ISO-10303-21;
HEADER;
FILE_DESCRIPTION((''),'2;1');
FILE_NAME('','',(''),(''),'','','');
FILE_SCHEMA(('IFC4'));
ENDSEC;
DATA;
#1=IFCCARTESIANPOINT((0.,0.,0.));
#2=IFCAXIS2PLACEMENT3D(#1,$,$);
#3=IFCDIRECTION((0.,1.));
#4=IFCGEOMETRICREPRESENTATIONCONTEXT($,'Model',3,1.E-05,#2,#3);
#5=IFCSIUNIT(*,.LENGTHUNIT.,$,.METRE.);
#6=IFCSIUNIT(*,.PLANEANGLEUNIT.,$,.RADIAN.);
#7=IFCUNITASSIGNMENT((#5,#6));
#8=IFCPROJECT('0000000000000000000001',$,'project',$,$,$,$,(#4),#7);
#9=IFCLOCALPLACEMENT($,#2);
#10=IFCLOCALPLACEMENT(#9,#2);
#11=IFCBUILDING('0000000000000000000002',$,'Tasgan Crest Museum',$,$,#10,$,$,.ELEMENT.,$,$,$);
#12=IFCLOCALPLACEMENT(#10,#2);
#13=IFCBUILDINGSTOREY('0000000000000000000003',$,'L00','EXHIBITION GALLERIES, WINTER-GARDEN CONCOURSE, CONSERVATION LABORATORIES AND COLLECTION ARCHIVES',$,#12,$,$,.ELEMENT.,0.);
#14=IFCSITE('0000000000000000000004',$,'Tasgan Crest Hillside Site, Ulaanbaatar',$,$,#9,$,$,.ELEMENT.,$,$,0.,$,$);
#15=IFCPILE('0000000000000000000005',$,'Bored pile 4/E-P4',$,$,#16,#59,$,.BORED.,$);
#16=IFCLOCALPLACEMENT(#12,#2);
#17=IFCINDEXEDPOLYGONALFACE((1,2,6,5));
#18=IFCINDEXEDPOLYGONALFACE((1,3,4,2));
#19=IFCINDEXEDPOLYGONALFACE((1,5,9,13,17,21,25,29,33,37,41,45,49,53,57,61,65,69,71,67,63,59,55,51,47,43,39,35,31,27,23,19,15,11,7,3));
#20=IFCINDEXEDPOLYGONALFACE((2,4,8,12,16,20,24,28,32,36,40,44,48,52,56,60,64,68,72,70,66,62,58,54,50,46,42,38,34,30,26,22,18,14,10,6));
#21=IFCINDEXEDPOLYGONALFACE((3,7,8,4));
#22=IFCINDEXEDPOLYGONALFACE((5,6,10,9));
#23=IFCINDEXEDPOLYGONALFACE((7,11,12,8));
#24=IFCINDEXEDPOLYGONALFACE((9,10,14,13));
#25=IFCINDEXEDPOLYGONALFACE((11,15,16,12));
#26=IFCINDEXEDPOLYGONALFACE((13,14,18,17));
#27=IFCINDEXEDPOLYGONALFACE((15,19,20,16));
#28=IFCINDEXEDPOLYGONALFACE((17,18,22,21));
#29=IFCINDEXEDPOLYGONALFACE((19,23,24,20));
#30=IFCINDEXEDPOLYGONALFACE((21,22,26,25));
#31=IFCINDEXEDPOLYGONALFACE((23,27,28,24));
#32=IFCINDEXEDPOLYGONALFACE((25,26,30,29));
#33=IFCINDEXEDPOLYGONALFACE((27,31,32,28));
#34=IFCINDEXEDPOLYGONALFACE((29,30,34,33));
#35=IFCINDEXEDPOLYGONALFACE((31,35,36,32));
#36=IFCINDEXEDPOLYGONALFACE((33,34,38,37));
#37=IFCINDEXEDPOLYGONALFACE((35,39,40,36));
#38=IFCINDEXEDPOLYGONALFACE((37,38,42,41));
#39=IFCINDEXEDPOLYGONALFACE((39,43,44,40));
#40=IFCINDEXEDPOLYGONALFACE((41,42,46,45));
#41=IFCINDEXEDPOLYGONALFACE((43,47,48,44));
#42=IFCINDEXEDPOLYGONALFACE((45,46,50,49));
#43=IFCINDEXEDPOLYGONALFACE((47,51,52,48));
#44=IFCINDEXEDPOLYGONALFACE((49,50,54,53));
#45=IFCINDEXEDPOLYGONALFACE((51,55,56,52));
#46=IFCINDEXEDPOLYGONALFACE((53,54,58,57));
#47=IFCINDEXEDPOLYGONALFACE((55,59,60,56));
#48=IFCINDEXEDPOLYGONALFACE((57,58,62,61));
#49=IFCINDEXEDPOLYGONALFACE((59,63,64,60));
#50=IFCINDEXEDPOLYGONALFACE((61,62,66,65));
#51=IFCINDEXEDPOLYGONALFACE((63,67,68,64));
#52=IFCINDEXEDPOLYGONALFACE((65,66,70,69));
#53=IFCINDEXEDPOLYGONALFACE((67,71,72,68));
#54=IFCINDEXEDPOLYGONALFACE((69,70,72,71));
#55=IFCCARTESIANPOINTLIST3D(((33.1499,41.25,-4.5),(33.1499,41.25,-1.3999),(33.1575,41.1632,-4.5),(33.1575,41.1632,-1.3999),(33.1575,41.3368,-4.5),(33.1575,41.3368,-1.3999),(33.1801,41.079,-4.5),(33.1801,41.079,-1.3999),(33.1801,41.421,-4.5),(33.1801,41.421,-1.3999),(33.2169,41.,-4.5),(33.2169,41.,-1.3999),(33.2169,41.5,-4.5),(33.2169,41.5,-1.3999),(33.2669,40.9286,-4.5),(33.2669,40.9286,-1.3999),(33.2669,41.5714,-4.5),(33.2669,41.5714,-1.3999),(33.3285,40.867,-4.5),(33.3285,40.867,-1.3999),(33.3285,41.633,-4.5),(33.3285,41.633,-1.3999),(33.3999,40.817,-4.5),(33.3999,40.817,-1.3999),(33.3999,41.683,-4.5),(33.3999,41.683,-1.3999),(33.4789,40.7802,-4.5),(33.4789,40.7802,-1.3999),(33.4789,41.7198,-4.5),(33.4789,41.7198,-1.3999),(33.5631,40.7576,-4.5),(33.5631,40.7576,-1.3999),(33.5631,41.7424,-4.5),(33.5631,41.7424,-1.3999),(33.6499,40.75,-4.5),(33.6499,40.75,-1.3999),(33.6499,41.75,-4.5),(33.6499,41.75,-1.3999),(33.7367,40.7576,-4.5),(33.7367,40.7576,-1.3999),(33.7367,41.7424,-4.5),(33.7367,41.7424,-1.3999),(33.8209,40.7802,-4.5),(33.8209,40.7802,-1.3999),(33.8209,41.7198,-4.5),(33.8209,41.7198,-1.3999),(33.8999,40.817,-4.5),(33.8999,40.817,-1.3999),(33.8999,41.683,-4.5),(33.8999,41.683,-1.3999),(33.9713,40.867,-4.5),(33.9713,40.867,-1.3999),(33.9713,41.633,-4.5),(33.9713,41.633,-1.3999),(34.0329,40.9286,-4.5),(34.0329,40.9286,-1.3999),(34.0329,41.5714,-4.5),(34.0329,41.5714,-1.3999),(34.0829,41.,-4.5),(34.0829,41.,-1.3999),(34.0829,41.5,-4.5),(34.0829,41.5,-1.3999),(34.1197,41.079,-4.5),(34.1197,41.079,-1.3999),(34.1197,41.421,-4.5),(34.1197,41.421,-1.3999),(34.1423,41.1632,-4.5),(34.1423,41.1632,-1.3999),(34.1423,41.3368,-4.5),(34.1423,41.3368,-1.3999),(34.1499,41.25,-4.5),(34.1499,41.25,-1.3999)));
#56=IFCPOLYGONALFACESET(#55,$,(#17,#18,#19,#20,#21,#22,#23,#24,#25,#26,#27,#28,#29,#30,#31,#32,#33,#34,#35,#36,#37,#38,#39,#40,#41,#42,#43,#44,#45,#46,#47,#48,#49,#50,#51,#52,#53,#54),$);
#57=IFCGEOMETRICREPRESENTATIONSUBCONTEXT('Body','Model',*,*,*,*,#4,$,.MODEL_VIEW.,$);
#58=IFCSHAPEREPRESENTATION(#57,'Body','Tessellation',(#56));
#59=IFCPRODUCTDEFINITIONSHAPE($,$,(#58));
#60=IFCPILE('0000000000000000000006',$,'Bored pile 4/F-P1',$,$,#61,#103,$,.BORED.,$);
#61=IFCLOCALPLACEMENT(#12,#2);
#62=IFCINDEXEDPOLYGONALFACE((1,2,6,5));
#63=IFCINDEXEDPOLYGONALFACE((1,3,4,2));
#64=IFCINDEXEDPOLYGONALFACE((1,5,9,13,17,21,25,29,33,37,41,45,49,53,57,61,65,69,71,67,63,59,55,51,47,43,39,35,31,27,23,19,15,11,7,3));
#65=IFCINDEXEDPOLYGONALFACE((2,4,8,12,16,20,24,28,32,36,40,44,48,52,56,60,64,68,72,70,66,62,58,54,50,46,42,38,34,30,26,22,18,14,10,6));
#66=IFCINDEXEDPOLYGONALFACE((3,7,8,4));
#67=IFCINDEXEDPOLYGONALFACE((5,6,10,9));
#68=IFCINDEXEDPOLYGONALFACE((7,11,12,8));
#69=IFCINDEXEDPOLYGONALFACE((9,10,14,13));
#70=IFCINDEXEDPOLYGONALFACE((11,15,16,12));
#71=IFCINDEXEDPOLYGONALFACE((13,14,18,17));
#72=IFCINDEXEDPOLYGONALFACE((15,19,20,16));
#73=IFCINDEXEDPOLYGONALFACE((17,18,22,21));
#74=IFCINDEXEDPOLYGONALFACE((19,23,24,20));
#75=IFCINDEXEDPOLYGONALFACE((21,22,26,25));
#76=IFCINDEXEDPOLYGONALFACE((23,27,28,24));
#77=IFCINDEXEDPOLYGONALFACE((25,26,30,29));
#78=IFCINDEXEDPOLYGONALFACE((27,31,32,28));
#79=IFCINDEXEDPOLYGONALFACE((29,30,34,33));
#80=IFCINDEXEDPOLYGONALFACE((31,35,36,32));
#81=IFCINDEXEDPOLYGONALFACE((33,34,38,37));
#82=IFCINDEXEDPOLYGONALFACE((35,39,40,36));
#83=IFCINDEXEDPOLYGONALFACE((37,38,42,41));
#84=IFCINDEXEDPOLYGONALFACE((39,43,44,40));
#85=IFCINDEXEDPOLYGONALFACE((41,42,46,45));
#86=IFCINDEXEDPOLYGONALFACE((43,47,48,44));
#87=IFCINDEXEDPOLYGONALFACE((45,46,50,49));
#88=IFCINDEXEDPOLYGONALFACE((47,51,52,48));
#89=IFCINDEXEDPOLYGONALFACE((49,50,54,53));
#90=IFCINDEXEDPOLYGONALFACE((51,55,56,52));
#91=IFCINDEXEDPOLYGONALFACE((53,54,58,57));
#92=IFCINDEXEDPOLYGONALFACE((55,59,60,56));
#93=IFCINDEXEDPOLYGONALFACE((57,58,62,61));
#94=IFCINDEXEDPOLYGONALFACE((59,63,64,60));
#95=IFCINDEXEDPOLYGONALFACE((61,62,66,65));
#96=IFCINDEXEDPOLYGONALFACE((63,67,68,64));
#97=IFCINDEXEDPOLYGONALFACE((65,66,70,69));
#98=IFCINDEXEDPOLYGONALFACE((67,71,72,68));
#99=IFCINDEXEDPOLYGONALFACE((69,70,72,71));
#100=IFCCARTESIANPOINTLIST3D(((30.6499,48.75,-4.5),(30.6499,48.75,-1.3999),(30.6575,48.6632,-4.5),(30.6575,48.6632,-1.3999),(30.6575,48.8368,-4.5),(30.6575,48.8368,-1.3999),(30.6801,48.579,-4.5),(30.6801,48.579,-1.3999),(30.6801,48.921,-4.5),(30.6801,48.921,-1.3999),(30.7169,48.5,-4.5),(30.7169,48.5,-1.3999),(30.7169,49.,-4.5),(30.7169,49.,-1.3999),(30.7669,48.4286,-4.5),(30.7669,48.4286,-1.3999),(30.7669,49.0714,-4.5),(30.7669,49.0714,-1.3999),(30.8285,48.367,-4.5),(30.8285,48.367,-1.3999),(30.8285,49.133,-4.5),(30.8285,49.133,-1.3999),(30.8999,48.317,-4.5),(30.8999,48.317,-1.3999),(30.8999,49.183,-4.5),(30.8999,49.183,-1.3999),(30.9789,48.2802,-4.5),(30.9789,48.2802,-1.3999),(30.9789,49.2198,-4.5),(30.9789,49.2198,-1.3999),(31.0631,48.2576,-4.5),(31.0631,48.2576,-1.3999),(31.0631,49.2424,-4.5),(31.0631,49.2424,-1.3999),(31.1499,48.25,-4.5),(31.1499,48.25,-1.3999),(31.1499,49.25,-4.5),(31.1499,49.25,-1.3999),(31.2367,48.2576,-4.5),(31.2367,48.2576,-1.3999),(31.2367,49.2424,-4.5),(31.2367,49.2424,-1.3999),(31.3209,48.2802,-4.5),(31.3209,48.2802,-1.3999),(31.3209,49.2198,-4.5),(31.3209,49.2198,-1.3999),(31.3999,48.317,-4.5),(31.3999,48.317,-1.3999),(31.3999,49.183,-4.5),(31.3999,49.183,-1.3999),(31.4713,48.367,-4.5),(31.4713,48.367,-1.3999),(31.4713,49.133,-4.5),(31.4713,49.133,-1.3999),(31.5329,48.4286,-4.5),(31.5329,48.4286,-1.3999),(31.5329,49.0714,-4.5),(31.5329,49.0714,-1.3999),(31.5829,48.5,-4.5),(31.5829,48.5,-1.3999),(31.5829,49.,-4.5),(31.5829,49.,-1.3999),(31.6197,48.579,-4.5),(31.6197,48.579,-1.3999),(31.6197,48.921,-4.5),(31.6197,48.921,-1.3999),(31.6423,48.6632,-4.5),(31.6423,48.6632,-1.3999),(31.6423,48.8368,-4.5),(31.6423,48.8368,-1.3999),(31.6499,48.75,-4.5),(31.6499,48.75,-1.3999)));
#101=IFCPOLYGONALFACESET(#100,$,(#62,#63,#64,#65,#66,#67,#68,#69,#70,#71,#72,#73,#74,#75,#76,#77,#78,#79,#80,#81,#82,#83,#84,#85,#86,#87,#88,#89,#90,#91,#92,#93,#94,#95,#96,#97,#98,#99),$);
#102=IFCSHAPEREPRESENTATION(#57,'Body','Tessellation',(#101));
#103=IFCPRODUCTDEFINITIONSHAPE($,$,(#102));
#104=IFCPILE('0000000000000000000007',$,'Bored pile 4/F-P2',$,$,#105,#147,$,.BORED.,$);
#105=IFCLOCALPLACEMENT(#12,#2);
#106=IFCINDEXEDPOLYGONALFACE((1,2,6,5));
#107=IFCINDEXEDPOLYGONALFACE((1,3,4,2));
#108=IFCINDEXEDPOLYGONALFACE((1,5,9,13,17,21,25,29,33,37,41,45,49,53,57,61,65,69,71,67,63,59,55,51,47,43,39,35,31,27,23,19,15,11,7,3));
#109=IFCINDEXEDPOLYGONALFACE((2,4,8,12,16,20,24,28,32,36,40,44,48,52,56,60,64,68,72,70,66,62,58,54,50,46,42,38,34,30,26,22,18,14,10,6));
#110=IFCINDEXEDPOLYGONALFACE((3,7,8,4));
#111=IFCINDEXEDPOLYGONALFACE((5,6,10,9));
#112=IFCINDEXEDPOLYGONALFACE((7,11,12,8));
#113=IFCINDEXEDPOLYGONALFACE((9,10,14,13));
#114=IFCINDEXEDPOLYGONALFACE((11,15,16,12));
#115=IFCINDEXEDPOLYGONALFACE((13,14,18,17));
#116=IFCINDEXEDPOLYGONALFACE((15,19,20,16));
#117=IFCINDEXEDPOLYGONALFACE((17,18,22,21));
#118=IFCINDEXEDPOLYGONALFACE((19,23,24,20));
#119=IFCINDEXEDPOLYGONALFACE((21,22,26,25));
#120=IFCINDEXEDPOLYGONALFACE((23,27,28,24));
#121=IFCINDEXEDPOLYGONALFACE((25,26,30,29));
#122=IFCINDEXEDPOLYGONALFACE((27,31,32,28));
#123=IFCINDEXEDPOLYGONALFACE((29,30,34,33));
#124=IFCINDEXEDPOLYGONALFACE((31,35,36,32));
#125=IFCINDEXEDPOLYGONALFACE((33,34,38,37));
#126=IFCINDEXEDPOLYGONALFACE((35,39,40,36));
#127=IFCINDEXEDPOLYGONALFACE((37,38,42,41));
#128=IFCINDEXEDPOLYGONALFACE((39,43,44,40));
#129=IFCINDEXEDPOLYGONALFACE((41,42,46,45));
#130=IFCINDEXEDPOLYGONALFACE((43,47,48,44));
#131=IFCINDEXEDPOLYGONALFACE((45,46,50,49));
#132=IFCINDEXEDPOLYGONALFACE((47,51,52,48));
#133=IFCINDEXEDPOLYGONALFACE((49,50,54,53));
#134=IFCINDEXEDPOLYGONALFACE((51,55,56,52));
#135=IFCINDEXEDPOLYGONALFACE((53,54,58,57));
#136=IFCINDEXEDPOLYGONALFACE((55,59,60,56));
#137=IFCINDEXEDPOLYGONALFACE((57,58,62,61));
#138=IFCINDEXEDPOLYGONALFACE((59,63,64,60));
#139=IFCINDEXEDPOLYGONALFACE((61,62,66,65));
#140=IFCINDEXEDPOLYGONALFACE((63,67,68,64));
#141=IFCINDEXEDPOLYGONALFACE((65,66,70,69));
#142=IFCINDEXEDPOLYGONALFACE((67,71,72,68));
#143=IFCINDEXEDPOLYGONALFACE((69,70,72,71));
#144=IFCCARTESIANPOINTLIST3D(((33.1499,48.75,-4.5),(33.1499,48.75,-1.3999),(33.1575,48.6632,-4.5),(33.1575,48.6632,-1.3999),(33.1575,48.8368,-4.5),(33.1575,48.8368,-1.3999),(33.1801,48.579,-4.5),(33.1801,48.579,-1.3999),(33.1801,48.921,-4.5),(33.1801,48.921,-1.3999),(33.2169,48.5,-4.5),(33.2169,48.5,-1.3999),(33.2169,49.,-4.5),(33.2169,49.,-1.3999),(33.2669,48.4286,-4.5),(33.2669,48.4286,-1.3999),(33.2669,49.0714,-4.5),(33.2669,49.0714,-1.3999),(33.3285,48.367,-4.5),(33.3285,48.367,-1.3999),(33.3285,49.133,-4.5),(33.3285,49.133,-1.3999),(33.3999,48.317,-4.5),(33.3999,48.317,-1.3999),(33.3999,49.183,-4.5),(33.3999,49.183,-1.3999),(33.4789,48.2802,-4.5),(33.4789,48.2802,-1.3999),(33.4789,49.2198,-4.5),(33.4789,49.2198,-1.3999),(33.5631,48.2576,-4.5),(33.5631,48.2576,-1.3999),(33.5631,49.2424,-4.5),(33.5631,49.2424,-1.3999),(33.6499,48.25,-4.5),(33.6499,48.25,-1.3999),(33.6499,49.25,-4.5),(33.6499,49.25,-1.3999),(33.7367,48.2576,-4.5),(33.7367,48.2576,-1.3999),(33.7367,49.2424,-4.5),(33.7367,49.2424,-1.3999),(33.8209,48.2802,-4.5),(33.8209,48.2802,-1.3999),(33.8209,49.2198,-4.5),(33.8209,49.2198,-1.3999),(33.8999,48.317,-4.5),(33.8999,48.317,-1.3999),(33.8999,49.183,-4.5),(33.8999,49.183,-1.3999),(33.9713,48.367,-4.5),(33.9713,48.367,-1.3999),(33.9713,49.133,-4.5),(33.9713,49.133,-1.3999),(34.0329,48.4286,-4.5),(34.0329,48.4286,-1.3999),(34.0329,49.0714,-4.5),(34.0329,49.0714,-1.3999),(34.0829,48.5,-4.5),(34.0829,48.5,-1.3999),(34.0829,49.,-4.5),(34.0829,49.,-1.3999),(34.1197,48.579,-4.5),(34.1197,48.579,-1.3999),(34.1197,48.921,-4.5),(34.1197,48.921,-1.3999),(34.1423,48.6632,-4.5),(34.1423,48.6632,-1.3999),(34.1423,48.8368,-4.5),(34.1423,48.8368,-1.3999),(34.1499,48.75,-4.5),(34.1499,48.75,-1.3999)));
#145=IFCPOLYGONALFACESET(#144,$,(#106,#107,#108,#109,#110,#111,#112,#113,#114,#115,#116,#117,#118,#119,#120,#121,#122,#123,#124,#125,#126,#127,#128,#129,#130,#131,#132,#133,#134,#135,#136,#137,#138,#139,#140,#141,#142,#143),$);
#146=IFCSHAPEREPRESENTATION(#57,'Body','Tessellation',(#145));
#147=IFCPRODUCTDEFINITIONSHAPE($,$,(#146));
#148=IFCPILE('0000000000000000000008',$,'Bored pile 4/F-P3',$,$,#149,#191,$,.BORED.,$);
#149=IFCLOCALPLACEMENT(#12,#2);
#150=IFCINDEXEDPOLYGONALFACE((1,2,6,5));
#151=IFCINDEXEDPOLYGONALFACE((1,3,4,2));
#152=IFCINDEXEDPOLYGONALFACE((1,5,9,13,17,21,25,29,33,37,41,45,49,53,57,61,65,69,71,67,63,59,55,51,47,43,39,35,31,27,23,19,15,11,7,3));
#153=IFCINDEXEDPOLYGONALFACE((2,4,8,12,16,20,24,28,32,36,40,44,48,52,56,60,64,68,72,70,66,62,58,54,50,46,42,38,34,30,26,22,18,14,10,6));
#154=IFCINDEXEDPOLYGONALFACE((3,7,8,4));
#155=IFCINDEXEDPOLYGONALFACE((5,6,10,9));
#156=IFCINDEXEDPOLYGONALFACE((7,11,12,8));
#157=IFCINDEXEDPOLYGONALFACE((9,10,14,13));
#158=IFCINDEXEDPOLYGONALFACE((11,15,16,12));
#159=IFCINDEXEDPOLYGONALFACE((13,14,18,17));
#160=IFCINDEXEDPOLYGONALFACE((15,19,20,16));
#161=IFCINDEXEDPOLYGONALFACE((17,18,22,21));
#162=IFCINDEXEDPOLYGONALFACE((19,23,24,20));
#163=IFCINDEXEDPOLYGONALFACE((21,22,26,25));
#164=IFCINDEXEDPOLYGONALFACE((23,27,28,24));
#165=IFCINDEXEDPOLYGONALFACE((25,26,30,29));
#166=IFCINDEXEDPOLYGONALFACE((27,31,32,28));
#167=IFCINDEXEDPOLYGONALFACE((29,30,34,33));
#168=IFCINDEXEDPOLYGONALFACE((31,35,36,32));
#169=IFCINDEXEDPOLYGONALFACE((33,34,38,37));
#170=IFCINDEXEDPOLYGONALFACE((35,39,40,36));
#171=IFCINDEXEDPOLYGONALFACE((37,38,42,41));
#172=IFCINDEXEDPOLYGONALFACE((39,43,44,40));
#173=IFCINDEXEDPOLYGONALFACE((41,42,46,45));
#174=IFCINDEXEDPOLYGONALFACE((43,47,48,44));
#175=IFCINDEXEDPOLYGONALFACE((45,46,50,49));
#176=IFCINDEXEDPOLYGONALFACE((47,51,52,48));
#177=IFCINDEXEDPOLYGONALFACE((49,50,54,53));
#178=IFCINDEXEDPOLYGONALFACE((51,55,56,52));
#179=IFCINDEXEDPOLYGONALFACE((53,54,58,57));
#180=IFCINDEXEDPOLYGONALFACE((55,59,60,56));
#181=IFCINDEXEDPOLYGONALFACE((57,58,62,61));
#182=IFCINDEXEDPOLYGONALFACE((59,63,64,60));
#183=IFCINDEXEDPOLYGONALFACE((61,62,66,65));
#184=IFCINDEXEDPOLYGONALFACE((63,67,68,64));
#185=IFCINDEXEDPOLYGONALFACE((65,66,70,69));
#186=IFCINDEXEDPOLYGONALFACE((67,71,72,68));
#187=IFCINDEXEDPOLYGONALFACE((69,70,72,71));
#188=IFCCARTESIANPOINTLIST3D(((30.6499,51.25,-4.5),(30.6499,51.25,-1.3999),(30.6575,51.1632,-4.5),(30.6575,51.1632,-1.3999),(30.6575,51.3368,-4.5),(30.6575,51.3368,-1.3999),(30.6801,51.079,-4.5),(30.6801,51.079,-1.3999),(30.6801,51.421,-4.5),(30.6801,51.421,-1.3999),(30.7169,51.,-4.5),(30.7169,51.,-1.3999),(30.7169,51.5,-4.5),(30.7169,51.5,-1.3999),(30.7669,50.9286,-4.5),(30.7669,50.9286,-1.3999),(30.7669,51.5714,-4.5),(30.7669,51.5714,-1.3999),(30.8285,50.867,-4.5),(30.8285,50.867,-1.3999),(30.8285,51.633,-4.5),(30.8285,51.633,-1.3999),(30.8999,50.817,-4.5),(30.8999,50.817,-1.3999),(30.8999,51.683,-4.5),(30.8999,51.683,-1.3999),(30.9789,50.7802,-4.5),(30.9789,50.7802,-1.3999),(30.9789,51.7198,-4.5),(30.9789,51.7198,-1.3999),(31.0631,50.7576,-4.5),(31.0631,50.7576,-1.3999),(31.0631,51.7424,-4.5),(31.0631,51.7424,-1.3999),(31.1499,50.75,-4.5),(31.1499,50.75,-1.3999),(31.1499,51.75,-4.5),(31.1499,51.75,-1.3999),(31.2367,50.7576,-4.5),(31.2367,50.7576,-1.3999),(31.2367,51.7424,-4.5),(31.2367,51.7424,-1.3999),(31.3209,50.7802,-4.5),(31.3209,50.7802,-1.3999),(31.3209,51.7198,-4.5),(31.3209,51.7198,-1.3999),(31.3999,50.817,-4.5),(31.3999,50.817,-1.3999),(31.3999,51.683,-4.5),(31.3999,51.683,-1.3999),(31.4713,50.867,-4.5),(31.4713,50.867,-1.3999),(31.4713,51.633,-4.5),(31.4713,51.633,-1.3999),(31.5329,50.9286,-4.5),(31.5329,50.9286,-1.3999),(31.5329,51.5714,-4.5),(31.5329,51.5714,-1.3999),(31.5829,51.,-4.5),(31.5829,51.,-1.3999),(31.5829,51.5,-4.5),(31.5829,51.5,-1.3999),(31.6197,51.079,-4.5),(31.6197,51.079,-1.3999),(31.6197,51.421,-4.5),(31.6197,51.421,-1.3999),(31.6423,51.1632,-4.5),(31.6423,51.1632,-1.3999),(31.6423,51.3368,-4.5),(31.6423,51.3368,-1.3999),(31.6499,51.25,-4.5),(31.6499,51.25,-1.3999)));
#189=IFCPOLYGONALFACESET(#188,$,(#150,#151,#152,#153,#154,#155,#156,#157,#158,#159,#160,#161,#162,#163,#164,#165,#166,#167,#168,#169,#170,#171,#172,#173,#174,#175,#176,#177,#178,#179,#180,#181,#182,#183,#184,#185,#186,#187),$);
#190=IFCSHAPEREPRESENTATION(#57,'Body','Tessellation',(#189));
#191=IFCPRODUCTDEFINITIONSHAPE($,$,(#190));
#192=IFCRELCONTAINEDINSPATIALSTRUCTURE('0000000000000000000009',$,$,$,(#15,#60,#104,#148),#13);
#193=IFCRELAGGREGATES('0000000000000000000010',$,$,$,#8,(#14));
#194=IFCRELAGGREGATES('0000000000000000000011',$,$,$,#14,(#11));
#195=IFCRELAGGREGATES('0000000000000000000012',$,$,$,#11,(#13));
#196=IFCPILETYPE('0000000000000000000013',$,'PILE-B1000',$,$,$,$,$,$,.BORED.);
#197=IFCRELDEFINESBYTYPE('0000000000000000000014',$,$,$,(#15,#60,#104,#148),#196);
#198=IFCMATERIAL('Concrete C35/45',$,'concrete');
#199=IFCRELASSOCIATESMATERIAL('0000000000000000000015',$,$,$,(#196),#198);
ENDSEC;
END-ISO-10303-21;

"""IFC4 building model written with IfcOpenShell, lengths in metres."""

from ifc_helpers import new_model, si_unit, direction, frame, origin, origin_2d, place, context, subcontext, project, spatial, circle, extrude, material, material_profile, profile_set, type_object, element, save


model = new_model("IFC4")

# Units and contexts
model_context = context("Model", 3, precision=1e-05, world=origin(), true_north=direction((0.0, 1.0)))
body_context = subcontext(model_context, "Body", "Model", "MODEL_VIEW")
ifc_project = project(units=[si_unit("LENGTHUNIT", "METRE"), si_unit("PLANEANGLEUNIT", "RADIAN")], contexts=[model_context])

# Site, building, storey
site_placement = place(None, origin())
site = spatial("IfcSite", under=ifc_project, at=site_placement, Name="Tasgan Crest Hillside Site, Ulaanbaatar", CompositionType="ELEMENT", RefElevation=0.0)
building_placement = place(site_placement, origin())
building = spatial("IfcBuilding", under=site, at=building_placement, Name="Tasgan Crest Museum", CompositionType="ELEMENT")
storey_placement = place(building_placement, origin())
storey = spatial("IfcBuildingStorey", under=building, at=storey_placement, Name="L00", Description="EXHIBITION GALLERIES, WINTER-GARDEN CONCOURSE, CONSERVATION LABORATORIES AND COLLECTION ARCHIVES", CompositionType="ELEMENT", Elevation=0.0)

# Piles
ifc_material_1 = material(Name="Concrete C35/45", Category="concrete")
ifc_material_profile_1 = material_profile(ifc_material_1, circle(Radius=0.5, at=origin_2d()), Name="PILE D1000")
ifc_profile_set_1 = profile_set([ifc_material_profile_1], Name="Concrete C35/45")
pile_type_1 = type_object("IfcPileType", Name="PILE-B1000", PredefinedType="BORED", material=ifc_profile_set_1)
for number, where, z_axis, x_axis, name in (
    (1, (33.6499, 41.25, -1.3999), (0.0, 0.0, -1.0), (1.0, 0.0, 0.0), "Bored pile 4/E-P4"),
    (2, (31.1499, 48.75, -1.3999), (0.0, 0.0, -1.0), (1.0, 0.0, 0.0), "Bored pile 4/F-P1"),
    (3, (33.6499, 48.75, -1.3999), (0.0, 0.0, -1.0), (1.0, 0.0, 0.0), "Bored pile 4/F-P2"),
    (4, (31.1499, 51.25, -1.3999), (0.0, 0.0, -1.0), (1.0, 0.0, 0.0), "Bored pile 4/F-P3"),
):
    element("IfcPile", number, at=place(storey_placement, frame(where, z_axis=z_axis, x_axis=x_axis)), inside=storey, type_object=pile_type_1, Name=name, PredefinedType="BORED", context=body_context, shape_type="SweptSolid", body=[
        extrude(circle(Radius=0.5, at=origin_2d()), origin(), (0.0, 0.0, 1.0), 3.1001),
    ])

save(model, "model.ifc")
